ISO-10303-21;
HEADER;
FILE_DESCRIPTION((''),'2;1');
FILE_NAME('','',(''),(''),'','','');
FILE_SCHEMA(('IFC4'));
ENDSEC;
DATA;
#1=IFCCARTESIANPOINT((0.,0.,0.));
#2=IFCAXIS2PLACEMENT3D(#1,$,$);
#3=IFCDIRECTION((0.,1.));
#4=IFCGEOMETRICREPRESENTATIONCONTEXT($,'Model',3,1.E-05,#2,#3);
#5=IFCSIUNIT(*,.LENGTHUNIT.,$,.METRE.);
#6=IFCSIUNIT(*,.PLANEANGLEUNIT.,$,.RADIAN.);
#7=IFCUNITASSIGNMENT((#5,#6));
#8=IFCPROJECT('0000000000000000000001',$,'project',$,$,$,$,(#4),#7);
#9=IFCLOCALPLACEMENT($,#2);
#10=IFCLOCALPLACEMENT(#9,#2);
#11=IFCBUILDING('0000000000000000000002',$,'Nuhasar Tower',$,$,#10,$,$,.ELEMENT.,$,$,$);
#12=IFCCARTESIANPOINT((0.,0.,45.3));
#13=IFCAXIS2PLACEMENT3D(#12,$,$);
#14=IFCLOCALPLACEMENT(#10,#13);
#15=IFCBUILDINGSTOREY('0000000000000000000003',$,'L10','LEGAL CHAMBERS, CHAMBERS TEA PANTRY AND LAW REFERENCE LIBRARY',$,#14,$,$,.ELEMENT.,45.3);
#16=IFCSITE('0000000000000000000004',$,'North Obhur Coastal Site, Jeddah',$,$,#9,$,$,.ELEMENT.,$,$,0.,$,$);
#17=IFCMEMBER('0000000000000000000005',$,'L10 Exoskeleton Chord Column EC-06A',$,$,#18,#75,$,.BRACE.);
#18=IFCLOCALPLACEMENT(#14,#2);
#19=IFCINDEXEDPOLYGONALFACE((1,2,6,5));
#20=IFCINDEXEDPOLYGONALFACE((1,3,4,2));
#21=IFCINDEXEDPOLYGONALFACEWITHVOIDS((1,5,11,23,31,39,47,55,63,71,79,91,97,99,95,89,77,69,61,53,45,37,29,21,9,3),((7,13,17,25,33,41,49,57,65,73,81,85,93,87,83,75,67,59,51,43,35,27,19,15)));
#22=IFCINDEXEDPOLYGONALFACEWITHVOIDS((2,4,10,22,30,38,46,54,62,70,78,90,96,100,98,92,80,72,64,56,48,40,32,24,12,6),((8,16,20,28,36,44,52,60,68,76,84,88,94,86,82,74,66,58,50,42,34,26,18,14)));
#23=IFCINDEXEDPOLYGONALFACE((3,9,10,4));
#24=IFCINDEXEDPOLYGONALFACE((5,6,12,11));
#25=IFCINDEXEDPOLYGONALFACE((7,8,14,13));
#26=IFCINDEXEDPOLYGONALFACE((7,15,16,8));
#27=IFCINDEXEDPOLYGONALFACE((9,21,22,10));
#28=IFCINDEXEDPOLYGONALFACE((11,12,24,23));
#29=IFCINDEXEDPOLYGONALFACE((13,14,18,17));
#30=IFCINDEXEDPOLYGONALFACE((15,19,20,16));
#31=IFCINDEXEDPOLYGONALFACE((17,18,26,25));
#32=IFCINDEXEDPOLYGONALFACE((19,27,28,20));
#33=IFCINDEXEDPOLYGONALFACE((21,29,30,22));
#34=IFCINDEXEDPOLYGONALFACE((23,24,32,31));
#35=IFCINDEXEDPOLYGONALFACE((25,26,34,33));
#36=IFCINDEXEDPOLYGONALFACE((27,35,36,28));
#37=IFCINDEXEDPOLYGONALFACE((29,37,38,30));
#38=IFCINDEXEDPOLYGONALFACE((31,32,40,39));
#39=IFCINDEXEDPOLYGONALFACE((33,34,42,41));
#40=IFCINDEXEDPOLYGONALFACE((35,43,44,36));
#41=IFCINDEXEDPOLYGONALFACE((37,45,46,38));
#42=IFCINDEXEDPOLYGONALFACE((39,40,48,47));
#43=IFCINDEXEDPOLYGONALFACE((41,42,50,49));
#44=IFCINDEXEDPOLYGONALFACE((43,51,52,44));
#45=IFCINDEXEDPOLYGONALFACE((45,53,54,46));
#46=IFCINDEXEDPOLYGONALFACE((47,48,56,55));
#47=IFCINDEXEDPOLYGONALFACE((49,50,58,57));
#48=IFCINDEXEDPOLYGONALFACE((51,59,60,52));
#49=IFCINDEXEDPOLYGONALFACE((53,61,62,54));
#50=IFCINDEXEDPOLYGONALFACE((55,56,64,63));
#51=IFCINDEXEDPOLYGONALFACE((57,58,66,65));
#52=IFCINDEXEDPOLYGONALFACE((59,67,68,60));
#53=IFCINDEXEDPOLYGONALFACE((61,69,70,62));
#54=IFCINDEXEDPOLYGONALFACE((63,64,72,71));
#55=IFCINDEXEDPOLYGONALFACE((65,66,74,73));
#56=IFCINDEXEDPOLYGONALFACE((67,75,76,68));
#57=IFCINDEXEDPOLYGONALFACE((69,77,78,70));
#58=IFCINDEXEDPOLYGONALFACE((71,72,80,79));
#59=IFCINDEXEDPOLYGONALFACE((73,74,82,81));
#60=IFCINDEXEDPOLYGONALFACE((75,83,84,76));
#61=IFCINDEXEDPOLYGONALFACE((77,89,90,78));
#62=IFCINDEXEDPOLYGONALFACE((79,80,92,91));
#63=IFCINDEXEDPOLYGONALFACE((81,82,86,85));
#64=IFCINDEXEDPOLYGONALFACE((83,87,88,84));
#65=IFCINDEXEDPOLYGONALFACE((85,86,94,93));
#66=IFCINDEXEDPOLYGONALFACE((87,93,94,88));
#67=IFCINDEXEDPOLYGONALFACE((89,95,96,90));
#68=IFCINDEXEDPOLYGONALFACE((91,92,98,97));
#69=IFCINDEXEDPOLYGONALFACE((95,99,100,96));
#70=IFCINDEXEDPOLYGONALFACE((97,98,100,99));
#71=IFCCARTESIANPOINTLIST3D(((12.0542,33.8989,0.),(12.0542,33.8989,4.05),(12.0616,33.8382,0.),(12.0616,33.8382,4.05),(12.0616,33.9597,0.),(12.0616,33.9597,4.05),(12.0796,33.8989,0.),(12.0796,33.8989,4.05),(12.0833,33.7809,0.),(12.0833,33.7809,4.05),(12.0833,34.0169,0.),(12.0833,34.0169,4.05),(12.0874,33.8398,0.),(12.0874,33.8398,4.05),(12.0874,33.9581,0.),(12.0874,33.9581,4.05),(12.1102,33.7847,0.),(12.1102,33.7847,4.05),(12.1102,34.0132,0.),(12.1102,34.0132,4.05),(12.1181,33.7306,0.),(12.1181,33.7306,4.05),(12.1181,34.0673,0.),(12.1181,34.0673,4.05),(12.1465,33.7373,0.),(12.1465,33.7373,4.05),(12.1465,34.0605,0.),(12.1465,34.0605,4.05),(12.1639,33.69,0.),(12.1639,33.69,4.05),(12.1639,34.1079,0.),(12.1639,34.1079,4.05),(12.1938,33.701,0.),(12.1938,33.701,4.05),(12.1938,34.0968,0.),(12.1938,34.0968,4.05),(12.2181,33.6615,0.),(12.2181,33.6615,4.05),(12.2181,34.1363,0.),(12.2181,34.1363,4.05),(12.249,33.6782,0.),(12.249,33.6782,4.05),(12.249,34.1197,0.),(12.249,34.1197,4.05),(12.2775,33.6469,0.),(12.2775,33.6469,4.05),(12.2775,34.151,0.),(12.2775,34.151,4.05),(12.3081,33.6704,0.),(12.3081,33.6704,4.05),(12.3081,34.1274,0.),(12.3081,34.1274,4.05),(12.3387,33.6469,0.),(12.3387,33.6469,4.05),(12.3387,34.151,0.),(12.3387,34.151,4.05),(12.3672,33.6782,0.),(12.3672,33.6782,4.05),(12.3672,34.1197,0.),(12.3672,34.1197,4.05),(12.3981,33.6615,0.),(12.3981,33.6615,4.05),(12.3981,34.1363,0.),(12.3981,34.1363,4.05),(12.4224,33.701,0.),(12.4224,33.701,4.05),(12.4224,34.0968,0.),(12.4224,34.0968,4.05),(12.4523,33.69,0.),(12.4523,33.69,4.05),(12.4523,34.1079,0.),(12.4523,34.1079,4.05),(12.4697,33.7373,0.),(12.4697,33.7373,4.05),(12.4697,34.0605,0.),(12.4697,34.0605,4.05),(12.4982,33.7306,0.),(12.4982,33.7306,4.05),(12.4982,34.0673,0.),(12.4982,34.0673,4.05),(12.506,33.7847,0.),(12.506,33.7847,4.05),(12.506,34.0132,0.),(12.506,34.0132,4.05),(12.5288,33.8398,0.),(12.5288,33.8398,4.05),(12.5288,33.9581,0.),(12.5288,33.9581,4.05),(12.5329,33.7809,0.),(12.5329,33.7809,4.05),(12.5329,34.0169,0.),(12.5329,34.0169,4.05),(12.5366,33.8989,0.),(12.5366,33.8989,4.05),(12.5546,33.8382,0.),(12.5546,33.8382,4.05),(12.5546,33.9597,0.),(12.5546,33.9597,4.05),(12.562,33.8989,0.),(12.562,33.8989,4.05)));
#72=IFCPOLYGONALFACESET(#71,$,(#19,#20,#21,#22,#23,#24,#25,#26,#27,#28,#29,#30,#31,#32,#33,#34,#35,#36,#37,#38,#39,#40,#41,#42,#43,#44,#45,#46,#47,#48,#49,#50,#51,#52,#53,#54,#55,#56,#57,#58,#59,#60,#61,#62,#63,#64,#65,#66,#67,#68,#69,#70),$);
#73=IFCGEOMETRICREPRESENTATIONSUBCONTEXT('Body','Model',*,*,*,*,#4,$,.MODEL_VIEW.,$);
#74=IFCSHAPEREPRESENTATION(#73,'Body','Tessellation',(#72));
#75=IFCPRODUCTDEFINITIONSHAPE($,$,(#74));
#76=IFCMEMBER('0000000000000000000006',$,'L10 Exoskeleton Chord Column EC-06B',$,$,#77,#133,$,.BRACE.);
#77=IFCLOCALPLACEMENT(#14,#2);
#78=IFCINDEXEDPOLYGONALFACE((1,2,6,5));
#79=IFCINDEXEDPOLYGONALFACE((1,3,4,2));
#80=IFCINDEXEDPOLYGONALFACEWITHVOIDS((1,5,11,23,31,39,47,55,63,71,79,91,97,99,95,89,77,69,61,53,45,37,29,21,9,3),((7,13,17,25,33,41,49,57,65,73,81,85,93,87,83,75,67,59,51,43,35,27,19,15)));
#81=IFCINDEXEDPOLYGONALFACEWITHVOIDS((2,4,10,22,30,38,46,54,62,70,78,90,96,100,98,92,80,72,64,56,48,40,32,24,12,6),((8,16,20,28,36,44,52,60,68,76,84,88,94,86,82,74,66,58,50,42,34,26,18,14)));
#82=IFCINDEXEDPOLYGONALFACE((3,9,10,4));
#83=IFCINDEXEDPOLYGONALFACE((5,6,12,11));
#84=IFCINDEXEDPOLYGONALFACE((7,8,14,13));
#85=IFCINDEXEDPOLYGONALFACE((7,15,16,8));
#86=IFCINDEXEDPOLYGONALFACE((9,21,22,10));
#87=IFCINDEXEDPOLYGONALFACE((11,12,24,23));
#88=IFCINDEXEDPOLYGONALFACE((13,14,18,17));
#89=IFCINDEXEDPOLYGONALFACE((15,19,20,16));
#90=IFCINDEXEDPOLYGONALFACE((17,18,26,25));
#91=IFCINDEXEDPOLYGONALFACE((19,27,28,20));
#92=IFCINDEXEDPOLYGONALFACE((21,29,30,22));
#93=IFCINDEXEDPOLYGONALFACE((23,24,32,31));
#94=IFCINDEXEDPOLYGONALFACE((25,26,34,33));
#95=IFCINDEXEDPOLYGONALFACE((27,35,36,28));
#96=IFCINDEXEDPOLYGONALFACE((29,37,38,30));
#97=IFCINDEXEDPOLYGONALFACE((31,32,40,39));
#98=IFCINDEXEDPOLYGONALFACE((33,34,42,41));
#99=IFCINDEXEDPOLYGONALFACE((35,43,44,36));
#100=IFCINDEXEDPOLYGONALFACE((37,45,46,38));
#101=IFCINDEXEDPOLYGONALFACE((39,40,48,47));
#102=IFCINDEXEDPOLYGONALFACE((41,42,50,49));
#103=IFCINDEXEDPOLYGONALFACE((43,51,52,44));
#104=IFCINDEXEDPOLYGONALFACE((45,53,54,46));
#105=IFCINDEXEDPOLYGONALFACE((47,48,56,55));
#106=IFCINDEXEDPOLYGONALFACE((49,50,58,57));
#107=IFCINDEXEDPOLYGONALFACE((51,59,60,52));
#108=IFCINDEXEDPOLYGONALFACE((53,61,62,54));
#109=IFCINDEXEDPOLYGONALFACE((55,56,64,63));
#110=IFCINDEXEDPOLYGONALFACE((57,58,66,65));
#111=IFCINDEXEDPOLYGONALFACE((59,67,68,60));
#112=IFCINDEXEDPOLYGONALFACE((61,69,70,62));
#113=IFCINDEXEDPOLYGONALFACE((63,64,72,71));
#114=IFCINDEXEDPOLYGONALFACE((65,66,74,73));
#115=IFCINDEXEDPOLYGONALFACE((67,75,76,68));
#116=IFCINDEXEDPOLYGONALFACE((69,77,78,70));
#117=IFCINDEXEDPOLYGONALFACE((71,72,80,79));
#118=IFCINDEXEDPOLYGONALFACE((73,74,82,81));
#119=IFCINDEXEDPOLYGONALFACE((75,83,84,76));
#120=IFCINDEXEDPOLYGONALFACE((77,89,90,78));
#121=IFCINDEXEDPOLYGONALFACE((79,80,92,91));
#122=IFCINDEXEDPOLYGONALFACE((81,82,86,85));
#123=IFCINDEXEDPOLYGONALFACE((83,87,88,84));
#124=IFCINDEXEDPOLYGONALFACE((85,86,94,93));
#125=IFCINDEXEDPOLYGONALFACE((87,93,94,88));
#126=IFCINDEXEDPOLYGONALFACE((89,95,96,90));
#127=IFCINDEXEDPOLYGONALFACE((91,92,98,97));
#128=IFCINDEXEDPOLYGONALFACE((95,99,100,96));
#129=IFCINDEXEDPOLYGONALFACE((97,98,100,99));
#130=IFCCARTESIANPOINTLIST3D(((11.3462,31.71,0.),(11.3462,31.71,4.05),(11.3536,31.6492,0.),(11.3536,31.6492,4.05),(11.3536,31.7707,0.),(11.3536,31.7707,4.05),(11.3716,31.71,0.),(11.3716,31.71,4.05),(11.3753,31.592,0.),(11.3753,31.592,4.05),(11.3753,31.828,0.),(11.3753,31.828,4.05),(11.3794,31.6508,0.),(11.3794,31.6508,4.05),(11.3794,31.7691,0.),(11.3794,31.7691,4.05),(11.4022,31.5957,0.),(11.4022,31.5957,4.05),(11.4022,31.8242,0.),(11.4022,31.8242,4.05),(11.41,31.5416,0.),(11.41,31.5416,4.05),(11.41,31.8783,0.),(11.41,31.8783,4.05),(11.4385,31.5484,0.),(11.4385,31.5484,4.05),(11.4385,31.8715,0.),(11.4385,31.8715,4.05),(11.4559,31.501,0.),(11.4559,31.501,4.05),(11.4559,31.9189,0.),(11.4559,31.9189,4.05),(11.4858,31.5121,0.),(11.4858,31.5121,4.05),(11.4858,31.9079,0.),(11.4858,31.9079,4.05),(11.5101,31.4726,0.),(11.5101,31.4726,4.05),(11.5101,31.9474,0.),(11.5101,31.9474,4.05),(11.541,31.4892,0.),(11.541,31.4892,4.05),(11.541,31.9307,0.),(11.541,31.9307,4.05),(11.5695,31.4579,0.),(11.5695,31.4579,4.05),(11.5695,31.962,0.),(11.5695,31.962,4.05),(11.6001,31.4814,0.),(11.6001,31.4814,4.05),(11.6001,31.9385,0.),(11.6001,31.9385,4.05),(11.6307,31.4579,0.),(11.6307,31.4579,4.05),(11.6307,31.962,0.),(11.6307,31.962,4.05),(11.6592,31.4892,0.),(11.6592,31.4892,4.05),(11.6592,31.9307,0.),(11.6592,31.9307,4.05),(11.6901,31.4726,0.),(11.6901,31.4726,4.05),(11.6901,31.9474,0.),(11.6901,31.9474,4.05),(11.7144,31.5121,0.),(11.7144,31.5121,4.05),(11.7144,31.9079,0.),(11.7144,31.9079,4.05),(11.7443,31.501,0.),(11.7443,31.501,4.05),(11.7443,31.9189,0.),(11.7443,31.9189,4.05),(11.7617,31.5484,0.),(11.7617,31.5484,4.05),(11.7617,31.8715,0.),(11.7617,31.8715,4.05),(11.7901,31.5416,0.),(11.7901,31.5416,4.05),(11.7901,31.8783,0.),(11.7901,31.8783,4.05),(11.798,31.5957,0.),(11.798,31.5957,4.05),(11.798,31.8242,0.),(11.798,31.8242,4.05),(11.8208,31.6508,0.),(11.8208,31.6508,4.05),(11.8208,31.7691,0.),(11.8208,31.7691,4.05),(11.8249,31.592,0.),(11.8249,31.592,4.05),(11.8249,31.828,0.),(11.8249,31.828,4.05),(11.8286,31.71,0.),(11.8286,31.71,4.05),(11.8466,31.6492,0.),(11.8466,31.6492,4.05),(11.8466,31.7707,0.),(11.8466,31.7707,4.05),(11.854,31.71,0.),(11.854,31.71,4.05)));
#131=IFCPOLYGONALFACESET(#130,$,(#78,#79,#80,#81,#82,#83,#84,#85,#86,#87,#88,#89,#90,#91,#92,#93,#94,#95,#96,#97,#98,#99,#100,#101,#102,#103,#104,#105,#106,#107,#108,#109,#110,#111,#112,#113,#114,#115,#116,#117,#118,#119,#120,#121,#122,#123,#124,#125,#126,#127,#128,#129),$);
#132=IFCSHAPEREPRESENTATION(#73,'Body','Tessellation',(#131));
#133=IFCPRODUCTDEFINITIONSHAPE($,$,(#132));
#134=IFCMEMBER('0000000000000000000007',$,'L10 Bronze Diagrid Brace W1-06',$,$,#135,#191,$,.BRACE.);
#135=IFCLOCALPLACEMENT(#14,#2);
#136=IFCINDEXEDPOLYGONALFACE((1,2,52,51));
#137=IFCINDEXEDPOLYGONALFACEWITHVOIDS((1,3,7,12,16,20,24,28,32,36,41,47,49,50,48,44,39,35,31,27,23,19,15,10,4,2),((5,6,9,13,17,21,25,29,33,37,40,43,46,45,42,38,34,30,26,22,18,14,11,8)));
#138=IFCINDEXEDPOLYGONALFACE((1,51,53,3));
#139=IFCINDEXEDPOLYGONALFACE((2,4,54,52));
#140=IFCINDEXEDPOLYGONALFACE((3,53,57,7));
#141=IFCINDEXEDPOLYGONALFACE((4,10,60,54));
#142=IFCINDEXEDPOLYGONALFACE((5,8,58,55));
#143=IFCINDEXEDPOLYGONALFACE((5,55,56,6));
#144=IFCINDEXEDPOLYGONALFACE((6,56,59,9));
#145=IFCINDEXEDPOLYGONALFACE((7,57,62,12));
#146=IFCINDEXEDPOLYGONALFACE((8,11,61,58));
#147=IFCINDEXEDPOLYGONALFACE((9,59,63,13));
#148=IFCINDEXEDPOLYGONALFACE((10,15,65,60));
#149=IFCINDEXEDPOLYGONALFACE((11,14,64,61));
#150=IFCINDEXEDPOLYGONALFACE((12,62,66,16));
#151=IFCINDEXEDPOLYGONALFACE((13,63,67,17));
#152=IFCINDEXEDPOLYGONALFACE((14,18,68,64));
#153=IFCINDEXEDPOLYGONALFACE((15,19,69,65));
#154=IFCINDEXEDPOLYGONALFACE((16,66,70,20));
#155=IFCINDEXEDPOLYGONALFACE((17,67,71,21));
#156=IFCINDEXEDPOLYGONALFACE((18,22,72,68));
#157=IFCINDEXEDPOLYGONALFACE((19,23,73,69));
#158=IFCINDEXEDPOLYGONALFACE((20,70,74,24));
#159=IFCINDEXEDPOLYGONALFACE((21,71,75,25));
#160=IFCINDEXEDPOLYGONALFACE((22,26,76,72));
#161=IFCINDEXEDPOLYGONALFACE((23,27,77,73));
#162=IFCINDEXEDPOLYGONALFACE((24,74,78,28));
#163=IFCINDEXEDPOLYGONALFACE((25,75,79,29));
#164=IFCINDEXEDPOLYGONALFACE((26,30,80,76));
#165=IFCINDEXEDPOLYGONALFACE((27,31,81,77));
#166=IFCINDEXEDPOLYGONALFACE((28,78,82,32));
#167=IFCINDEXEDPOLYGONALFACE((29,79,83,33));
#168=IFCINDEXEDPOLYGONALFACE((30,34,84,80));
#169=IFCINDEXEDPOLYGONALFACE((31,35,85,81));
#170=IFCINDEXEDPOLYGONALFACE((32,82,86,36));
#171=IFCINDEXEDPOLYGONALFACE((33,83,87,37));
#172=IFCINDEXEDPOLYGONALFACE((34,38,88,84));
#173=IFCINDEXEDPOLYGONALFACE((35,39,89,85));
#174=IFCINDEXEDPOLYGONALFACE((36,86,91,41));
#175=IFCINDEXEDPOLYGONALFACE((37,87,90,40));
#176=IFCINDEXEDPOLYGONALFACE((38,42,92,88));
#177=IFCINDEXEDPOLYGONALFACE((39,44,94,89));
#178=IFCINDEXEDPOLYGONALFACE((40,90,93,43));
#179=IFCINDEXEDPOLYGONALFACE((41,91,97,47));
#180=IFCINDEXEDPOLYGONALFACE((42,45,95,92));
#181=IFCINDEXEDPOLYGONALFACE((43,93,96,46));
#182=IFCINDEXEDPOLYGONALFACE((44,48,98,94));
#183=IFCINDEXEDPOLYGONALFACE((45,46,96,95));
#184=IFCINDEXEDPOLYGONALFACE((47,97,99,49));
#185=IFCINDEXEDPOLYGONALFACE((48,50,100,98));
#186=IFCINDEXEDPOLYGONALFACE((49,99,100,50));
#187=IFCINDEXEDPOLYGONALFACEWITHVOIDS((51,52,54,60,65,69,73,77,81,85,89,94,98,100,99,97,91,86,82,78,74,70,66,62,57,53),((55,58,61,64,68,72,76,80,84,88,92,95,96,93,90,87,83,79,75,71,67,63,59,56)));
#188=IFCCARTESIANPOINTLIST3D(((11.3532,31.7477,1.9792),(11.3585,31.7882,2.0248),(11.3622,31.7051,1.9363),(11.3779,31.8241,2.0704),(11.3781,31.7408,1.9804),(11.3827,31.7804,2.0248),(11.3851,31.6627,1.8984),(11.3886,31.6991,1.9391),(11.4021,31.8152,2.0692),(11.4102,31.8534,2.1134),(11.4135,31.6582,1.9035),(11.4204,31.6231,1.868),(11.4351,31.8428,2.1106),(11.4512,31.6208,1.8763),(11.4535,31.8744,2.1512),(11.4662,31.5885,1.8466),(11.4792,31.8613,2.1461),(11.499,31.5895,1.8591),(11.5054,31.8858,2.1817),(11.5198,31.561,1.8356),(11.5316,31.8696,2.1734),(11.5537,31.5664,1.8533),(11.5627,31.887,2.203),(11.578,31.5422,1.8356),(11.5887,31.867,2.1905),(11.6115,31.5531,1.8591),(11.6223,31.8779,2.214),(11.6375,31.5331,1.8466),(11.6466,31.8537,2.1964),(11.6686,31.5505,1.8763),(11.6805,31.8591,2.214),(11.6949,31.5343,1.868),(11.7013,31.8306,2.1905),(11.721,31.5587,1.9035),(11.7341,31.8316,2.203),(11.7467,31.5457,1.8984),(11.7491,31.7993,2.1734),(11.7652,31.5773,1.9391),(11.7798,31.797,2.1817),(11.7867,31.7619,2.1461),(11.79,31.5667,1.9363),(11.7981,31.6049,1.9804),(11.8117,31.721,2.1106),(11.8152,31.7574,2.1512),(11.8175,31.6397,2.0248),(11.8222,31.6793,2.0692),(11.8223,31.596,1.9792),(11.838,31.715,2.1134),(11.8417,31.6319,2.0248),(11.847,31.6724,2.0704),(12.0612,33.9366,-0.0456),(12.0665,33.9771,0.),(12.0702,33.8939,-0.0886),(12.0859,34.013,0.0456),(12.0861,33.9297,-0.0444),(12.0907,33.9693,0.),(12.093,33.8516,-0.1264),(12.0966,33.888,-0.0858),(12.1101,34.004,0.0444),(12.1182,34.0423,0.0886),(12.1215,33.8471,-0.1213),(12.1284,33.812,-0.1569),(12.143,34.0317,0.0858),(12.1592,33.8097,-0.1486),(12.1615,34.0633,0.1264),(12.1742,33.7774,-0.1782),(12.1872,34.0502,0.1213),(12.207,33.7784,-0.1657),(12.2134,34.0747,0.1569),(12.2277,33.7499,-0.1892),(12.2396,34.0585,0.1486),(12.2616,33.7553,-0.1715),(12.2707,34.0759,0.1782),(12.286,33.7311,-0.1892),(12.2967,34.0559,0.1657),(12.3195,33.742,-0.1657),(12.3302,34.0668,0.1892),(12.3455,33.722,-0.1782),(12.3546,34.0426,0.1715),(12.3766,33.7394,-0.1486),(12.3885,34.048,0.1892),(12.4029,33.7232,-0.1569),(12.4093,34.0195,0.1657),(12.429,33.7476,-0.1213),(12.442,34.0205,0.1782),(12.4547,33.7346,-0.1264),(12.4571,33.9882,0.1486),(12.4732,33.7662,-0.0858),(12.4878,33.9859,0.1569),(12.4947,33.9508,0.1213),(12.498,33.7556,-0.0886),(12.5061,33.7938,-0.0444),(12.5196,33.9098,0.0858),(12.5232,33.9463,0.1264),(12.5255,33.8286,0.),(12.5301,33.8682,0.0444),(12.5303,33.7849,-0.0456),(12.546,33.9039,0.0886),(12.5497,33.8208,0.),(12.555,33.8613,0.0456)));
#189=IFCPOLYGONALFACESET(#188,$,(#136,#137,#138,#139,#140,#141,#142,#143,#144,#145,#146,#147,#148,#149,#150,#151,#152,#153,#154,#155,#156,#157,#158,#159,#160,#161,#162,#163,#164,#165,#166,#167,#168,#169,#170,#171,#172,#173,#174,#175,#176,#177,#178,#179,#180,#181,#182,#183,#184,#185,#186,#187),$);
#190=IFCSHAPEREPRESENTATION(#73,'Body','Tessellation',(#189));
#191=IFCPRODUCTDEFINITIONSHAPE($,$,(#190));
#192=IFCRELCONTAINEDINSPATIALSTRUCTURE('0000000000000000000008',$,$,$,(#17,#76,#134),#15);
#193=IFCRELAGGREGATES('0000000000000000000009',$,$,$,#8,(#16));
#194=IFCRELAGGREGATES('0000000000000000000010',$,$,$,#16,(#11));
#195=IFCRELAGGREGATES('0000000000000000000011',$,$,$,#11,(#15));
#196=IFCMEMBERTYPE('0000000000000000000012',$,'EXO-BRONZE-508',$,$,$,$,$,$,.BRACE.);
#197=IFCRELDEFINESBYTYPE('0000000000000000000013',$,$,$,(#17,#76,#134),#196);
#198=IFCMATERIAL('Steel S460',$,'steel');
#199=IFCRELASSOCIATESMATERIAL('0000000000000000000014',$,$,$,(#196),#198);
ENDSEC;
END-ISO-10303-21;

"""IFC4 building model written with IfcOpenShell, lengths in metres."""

from ifc_helpers import new_model, si_unit, direction, frame, origin, origin_2d, place, context, subcontext, project, spatial, hollow_circle, extrude, material, material_profile, profile_set, type_object, element, save


model = new_model("IFC4")

# Units and contexts
model_context = context("Model", 3, precision=1e-05, world=origin(), true_north=direction((0.0, 1.0)))
body_context = subcontext(model_context, "Body", "Model", "MODEL_VIEW")
ifc_project = project(units=[si_unit("LENGTHUNIT", "METRE"), si_unit("PLANEANGLEUNIT", "RADIAN")], contexts=[model_context])

# Site, building, storey
site_placement = place(None, origin())
site = spatial("IfcSite", under=ifc_project, at=site_placement, Name="North Obhur Coastal Site, Jeddah", CompositionType="ELEMENT", RefElevation=0.0)
building_placement = place(site_placement, origin())
building = spatial("IfcBuilding", under=site, at=building_placement, Name="Nuhasar Tower", CompositionType="ELEMENT")
storey_placement = place(building_placement, frame((0.0, 0.0, 45.3)))
storey = spatial("IfcBuildingStorey", under=building, at=storey_placement, Name="L10", Description="LEGAL CHAMBERS, CHAMBERS TEA PANTRY AND LAW REFERENCE LIBRARY", CompositionType="ELEMENT", Elevation=45.3)

# Members
ifc_material_1 = material(Name="Steel S460", Category="steel")
ifc_material_profile_1 = material_profile(ifc_material_1, hollow_circle(Radius=0.2539, WallThickness=0.0254, at=origin_2d()), Name="HSS508X25.4")
ifc_profile_set_1 = profile_set([ifc_material_profile_1], Name="Steel S460")
member_type_1 = type_object("IfcMemberType", Name="EXO-BRONZE-508", PredefinedType="BRACE", material=ifc_profile_set_1)
for number, where, z_axis, x_axis, name in (
    (1, (12.3081, 33.8989, 0.0), (0.0, 0.0, 1.0), (1.0, 0.0, 0.0), "L10 Exoskeleton Chord Column EC-06A"),
    (2, (11.6001, 31.71, 0.0), (0.0, 0.0, 1.0), (1.0, 0.0, 0.0), "L10 Exoskeleton Chord Column EC-06B"),
):
    element("IfcMember", number, at=place(storey_placement, frame(where, z_axis=z_axis, x_axis=x_axis)), inside=storey, type_object=member_type_1, Name=name, PredefinedType="BRACE", context=body_context, shape_type="SweptSolid", body=[
        extrude(hollow_circle(Radius=0.2539, WallThickness=0.0254, at=origin_2d()), origin(), (0.0, 0.0, 1.0), 4.05),
    ])
member_1_placement = place(storey_placement, frame((12.3081, 33.8989, 0.0), z_axis=(-0.231012, -0.714225, 0.660694), x_axis=(0.951468, -0.307747, 0.0)))
element("IfcMember", 3, at=member_1_placement, inside=storey, type_object=member_type_1, Name="L10 Bronze Diagrid Brace W1-06", PredefinedType="BRACE", context=body_context, shape_type="SweptSolid", body=[
    extrude(hollow_circle(Radius=0.2539, WallThickness=0.0254, at=origin_2d()), origin(), (0.0, 0.0, 1.0), 3.0647),
])

save(model, "model.ifc")
